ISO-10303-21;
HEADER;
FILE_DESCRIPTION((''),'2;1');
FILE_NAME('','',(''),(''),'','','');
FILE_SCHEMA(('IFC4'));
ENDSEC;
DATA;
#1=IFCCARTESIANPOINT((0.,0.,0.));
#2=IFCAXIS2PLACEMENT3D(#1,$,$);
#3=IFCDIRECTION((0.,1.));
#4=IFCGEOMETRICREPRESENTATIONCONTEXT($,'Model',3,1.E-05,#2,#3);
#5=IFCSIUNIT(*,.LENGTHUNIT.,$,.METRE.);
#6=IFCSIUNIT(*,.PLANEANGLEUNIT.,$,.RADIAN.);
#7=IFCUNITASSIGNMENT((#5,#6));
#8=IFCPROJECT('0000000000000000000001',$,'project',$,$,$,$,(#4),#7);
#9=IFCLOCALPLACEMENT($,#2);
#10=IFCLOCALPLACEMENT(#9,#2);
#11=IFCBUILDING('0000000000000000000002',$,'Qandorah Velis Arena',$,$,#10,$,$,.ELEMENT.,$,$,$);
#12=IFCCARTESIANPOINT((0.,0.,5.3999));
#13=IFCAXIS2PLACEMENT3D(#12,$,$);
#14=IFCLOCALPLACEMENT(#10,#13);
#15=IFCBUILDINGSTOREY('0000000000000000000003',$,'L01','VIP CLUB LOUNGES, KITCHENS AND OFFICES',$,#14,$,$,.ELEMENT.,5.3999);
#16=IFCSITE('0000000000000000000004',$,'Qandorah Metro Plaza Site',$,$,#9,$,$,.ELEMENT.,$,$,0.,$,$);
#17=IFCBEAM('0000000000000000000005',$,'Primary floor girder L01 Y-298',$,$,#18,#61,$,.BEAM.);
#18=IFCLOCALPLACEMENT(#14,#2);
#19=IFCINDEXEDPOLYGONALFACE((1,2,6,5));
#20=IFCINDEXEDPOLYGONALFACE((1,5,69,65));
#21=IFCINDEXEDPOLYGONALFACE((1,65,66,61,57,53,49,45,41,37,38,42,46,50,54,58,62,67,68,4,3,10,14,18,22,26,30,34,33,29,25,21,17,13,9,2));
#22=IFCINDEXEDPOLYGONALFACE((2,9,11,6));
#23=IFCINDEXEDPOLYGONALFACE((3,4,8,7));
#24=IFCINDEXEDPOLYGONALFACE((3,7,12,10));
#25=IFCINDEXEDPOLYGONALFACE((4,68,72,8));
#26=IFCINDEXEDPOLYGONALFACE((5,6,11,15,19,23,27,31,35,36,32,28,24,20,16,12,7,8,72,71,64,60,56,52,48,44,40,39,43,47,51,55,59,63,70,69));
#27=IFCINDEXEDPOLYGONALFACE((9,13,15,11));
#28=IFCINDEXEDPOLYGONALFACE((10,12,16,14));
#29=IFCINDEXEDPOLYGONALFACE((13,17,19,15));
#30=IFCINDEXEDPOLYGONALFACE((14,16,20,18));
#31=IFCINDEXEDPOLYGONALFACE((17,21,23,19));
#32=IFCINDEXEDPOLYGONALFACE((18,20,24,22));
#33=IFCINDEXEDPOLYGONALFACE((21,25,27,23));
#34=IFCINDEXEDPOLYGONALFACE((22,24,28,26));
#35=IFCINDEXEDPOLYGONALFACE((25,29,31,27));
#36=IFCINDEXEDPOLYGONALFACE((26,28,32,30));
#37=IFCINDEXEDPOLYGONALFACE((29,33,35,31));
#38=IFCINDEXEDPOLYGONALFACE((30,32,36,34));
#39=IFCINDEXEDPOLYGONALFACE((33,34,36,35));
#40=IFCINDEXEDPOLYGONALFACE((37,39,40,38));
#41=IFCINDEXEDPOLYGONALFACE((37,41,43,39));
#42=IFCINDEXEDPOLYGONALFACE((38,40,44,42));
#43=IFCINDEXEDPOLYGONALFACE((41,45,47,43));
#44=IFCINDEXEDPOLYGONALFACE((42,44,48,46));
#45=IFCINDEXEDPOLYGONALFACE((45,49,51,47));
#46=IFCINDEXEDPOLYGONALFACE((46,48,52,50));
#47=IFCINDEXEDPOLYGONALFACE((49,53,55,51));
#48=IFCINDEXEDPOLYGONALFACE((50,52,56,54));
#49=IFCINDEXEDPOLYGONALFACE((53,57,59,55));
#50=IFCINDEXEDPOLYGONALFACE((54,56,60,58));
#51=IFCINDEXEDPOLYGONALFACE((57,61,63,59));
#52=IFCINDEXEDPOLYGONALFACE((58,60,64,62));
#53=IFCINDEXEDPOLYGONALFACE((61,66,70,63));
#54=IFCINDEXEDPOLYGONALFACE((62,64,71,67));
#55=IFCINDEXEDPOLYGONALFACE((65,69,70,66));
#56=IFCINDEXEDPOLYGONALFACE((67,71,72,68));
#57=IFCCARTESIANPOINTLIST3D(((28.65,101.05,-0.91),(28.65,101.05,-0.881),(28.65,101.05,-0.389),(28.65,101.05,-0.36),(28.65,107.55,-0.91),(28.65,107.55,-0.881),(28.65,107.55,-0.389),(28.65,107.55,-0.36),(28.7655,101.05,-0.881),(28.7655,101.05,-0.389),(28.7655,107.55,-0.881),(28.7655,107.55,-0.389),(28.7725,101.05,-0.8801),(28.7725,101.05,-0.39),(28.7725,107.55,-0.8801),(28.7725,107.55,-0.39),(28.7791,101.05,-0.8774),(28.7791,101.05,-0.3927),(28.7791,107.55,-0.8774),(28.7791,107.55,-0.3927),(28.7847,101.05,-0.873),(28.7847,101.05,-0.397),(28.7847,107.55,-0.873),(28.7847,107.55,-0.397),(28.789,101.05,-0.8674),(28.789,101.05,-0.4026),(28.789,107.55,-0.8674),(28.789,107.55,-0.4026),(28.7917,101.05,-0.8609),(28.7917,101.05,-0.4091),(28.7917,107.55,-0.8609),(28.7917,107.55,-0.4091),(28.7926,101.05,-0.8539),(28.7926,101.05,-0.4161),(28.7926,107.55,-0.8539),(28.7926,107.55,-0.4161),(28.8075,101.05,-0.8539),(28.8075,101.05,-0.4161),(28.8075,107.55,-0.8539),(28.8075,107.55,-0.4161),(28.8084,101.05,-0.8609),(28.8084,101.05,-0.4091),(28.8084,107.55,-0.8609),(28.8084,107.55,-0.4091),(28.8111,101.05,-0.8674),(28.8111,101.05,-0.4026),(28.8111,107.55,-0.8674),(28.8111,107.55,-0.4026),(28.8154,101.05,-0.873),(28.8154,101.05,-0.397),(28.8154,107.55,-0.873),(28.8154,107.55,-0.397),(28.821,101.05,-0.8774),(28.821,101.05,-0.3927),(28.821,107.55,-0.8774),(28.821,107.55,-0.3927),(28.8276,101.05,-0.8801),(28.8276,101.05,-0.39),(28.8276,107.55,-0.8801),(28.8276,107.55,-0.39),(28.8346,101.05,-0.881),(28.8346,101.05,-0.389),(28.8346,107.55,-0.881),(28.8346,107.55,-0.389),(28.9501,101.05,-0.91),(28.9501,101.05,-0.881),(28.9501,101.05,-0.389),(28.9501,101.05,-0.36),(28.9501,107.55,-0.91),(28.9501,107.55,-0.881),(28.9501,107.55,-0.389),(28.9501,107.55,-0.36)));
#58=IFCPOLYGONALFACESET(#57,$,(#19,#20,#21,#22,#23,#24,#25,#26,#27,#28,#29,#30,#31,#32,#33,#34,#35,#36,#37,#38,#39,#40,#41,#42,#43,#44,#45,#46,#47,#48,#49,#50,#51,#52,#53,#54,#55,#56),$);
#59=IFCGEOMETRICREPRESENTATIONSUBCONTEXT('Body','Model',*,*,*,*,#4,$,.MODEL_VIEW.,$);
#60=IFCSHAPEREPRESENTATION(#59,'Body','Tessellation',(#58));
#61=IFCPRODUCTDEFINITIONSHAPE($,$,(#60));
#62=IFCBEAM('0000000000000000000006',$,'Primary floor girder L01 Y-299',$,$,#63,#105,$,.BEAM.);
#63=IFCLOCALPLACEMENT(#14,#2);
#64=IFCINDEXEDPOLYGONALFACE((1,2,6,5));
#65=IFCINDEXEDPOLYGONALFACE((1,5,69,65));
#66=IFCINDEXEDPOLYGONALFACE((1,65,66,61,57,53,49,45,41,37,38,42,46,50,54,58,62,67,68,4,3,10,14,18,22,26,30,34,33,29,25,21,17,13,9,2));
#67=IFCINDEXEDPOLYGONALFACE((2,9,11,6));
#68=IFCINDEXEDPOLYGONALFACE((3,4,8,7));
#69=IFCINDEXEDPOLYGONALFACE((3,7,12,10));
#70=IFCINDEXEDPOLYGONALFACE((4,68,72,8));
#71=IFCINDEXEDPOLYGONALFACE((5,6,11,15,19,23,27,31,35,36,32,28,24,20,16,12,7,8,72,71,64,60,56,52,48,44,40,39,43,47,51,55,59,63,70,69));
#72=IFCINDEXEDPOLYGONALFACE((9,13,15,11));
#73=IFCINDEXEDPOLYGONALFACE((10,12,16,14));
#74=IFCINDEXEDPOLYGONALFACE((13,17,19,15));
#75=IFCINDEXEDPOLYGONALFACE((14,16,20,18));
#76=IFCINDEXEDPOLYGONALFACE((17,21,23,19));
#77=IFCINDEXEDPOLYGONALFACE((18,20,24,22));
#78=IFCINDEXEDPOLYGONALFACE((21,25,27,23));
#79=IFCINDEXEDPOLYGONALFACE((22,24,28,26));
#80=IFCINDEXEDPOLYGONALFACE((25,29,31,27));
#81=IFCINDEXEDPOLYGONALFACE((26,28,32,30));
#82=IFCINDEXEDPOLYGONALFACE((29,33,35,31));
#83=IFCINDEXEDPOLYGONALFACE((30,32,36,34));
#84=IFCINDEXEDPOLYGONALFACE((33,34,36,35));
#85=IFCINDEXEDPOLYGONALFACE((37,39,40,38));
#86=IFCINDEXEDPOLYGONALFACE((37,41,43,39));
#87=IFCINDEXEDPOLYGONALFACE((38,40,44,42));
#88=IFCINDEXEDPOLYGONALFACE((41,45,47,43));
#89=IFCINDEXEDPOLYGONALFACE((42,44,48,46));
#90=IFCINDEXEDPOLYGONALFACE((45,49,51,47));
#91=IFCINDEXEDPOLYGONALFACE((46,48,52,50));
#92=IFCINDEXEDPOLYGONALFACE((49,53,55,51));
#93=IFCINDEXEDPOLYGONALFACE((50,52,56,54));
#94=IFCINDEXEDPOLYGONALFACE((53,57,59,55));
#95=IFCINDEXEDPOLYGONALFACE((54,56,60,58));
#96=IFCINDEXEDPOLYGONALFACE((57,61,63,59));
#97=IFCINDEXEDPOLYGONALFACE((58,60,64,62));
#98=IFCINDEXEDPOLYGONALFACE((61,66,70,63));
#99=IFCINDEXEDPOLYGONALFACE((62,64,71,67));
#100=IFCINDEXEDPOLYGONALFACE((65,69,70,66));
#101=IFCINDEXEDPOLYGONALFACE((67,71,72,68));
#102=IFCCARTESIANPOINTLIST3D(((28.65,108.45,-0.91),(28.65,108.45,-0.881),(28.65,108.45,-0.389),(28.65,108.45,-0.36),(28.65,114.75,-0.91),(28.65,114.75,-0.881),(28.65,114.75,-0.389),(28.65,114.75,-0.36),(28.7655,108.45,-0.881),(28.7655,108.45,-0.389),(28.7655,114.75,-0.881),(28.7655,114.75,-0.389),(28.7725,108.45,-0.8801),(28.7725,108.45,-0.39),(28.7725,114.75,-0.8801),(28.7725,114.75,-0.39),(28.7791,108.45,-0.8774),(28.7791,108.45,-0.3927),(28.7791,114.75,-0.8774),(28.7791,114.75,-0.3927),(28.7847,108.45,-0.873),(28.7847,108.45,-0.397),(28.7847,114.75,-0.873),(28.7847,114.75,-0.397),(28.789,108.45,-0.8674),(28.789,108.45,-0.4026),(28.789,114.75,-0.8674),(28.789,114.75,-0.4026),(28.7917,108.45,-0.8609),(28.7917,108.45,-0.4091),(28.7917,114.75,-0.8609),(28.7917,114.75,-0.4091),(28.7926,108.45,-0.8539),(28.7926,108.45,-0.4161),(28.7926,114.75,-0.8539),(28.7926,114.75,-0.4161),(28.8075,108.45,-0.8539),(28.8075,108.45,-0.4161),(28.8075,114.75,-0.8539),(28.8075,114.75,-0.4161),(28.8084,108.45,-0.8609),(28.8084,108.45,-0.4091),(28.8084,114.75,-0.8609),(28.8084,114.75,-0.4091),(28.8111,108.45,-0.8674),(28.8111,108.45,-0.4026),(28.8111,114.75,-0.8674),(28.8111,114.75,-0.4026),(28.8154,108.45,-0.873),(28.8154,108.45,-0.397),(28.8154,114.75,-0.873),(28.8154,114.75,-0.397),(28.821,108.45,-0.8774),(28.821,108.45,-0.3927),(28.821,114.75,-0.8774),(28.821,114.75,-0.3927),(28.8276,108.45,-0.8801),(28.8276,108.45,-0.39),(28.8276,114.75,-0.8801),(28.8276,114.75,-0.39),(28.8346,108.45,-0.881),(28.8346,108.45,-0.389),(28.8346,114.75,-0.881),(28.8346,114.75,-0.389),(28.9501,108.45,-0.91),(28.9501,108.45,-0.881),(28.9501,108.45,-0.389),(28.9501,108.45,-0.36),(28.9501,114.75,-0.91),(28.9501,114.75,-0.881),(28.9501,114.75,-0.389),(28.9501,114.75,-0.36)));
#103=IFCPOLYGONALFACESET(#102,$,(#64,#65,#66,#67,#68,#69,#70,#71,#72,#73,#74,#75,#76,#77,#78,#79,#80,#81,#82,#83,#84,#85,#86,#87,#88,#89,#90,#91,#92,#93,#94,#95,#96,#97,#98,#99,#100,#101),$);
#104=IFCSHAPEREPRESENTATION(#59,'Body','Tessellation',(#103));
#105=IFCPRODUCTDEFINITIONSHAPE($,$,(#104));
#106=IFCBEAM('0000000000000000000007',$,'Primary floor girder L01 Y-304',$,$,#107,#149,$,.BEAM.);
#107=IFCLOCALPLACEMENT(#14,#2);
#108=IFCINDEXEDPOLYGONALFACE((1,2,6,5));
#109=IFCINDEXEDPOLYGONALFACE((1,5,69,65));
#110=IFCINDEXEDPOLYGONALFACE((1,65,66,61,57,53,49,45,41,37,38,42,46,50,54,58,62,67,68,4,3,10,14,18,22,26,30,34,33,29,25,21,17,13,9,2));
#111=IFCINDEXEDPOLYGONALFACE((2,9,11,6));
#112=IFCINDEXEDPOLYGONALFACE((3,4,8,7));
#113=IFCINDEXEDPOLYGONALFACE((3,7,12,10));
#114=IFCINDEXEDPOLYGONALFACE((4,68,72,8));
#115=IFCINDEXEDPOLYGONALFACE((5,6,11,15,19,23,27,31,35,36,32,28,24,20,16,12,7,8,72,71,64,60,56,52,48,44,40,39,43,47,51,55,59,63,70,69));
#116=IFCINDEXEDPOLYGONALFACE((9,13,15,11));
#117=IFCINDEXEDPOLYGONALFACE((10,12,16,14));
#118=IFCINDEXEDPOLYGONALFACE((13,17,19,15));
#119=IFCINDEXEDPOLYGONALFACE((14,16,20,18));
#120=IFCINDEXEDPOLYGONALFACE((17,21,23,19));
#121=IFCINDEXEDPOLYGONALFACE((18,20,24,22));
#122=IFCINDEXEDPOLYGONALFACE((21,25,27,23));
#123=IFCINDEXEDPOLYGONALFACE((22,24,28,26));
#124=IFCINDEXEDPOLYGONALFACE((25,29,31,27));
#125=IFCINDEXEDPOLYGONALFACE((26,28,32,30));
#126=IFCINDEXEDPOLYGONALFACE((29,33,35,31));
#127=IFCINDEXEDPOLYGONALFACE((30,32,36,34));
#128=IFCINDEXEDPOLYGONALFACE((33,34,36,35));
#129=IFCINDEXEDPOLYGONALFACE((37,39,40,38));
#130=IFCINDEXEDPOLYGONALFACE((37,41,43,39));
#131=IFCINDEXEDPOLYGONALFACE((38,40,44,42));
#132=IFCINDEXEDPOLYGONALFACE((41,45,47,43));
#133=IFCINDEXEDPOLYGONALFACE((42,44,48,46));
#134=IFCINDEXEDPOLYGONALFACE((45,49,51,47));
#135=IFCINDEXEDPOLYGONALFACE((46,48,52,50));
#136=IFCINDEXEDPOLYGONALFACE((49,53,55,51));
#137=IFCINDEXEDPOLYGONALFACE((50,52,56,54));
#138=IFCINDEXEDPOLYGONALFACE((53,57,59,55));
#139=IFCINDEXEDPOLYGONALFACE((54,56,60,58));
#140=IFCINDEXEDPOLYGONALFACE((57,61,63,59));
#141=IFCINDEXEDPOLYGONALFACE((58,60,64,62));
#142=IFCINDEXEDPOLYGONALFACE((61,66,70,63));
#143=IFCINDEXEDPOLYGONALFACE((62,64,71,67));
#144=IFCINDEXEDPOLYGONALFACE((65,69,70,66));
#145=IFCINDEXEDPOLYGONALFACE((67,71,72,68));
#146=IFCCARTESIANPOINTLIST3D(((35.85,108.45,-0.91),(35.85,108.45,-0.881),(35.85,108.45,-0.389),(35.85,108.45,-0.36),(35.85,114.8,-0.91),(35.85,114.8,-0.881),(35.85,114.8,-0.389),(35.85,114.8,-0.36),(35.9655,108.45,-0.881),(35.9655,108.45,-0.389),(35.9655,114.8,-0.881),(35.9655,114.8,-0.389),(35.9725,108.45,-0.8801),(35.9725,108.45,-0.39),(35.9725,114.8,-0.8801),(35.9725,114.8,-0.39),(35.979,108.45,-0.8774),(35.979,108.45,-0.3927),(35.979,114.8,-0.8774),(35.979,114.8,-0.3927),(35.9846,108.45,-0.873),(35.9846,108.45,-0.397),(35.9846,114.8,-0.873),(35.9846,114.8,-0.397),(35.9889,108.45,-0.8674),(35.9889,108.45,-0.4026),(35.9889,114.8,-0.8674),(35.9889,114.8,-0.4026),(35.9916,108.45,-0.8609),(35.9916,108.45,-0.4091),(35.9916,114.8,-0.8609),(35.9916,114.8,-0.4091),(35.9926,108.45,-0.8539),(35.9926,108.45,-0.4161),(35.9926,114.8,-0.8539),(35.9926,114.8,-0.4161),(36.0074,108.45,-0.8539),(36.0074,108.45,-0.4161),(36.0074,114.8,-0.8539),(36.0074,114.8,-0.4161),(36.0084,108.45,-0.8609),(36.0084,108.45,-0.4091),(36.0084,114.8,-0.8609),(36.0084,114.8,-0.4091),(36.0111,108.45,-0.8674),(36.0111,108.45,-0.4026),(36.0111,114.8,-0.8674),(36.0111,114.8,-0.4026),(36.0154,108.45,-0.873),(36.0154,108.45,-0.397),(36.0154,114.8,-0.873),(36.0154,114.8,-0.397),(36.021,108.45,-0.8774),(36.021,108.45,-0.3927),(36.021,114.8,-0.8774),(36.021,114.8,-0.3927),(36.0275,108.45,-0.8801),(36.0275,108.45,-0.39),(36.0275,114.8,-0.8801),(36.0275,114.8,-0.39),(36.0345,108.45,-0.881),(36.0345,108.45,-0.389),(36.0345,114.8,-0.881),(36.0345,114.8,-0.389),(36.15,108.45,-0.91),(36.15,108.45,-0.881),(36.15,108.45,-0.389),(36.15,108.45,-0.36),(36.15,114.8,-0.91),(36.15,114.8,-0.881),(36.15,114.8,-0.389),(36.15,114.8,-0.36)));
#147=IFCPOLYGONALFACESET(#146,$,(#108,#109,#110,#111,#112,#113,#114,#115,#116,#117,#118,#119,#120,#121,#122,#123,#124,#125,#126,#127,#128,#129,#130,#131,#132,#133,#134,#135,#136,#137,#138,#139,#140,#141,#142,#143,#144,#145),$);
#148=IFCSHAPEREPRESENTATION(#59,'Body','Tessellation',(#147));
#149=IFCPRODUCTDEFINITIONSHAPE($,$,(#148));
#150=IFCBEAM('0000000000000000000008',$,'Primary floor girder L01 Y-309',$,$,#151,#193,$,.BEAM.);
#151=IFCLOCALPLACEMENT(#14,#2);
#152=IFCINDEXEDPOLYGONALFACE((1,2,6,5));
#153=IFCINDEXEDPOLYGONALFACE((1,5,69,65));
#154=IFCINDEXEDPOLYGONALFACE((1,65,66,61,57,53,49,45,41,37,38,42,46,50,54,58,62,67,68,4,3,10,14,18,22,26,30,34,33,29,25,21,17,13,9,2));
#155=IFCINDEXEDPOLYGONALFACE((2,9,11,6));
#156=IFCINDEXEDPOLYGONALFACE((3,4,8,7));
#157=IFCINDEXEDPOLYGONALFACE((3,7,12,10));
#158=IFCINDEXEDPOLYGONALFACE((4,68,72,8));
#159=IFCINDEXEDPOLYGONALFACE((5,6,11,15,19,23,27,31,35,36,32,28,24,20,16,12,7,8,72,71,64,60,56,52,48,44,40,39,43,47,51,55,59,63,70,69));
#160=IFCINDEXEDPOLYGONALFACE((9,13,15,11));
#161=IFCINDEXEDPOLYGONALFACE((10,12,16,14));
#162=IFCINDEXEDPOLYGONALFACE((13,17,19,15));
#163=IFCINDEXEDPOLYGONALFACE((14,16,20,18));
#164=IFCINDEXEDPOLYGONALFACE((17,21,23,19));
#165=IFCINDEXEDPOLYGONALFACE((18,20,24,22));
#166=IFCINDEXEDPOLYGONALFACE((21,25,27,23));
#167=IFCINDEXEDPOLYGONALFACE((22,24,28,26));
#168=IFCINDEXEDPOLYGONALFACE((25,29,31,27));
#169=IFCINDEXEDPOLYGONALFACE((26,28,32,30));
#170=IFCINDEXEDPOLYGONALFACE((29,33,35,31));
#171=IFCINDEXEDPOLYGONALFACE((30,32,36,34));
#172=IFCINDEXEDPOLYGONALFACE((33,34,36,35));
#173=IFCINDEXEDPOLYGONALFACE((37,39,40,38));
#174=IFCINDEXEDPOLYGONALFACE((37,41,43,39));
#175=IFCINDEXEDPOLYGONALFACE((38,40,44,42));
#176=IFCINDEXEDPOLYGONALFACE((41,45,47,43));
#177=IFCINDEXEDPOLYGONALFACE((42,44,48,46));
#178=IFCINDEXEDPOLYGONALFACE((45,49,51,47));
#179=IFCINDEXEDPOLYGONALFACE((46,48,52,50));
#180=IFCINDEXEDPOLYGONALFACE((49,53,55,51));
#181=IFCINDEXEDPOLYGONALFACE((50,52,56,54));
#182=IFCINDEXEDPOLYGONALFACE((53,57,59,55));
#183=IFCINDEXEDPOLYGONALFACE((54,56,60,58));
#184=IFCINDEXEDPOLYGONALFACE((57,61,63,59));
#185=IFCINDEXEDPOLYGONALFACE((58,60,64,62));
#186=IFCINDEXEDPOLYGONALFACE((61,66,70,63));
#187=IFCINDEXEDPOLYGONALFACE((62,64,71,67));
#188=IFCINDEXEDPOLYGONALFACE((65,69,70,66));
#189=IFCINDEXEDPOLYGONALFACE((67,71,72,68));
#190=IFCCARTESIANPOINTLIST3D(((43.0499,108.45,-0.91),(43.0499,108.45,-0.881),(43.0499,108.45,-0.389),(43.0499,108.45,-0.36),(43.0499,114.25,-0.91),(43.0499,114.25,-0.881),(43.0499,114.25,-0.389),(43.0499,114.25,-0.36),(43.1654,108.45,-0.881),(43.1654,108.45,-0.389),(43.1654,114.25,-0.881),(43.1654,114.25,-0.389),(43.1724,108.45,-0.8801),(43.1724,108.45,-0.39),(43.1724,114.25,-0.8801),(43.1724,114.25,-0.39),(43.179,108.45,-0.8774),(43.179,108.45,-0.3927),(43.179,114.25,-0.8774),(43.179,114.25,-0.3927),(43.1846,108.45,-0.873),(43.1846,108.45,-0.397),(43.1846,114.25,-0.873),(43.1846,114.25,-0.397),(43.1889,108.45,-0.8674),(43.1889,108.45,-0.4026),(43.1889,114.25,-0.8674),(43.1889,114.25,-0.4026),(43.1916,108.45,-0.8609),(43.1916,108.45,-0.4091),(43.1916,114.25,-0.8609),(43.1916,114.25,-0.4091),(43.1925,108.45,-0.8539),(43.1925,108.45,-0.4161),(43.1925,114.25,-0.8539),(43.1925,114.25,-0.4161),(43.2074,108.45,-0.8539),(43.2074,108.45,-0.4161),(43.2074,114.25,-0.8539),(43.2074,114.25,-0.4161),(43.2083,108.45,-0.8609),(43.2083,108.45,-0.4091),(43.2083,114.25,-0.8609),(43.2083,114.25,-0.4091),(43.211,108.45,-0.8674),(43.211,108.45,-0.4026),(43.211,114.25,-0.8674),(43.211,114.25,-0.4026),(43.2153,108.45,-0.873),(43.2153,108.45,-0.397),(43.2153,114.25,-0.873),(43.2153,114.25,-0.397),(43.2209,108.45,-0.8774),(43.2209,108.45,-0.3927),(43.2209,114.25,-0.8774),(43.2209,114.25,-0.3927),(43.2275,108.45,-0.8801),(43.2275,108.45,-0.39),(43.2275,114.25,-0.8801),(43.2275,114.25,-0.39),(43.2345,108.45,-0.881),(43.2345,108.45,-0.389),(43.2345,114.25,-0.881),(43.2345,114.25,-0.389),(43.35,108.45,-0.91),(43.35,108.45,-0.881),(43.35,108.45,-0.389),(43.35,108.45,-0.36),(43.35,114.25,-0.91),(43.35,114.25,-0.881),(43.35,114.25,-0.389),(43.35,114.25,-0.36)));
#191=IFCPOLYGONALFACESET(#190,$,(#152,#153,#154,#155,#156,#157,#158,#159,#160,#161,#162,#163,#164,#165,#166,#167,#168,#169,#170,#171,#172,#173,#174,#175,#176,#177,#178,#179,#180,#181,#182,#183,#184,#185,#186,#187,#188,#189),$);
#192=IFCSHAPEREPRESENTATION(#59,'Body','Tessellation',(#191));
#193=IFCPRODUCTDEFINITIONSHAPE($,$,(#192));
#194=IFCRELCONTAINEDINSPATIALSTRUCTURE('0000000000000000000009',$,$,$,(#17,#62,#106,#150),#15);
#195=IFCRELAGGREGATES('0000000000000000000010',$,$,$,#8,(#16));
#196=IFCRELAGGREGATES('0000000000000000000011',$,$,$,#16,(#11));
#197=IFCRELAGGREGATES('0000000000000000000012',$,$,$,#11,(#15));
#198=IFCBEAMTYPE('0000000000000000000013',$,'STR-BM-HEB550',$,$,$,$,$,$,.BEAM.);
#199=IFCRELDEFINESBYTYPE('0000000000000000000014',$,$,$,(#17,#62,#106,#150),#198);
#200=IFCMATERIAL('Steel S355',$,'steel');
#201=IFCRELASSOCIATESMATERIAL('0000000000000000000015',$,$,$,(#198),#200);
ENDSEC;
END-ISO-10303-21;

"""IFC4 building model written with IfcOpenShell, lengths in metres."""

from ifc_helpers import new_model, si_unit, direction, frame, origin, origin_2d, place, context, subcontext, project, spatial, i_section, extrude, material, material_profile, profile_set, type_object, element, save


model = new_model("IFC4")

# Units and contexts
model_context = context("Model", 3, precision=1e-05, world=origin(), true_north=direction((0.0, 1.0)))
body_context = subcontext(model_context, "Body", "Model", "MODEL_VIEW")
ifc_project = project(units=[si_unit("LENGTHUNIT", "METRE"), si_unit("PLANEANGLEUNIT", "RADIAN")], contexts=[model_context])

# Site, building, storey
site_placement = place(None, origin())
site = spatial("IfcSite", under=ifc_project, at=site_placement, Name="Qandorah Metro Plaza Site", CompositionType="ELEMENT", RefElevation=0.0)
building_placement = place(site_placement, origin())
building = spatial("IfcBuilding", under=site, at=building_placement, Name="Qandorah Velis Arena", CompositionType="ELEMENT")
storey_placement = place(building_placement, frame((0.0, 0.0, 5.3999)))
storey = spatial("IfcBuildingStorey", under=building, at=storey_placement, Name="L01", Description="VIP CLUB LOUNGES, KITCHENS AND OFFICES", CompositionType="ELEMENT", Elevation=5.3999)

# Beams
ifc_material_1 = material(Name="Steel S355", Category="steel")
ifc_material_profile_1 = material_profile(ifc_material_1, i_section(OverallWidth=0.3, OverallDepth=0.55, WebThickness=0.0149, FlangeThickness=0.0291, FilletRadius=0.0271, at=origin_2d()), Name="HEB 550")
ifc_profile_set_1 = profile_set([ifc_material_profile_1], Name="Steel S355")
beam_type_1 = type_object("IfcBeamType", Name="STR-BM-HEB550", PredefinedType="BEAM", material=ifc_profile_set_1)
beam_1_placement = place(storey_placement, frame((28.8, 101.05, -0.635), z_axis=(0.0, 1.0, 0.0), x_axis=(-1.0, 0.0, 0.0)))
element("IfcBeam", 1, at=beam_1_placement, inside=storey, type_object=beam_type_1, Name="Primary floor girder L01 Y-298", PredefinedType="BEAM", context=body_context, shape_type="SweptSolid", body=[
    extrude(i_section(OverallWidth=0.3, OverallDepth=0.55, WebThickness=0.0149, FlangeThickness=0.0291, FilletRadius=0.0271, at=origin_2d()), origin(), (0.0, 0.0, 1.0), 6.5),
])
beam_2_placement = place(storey_placement, frame((28.8, 108.45, -0.635), z_axis=(0.0, 1.0, 0.0), x_axis=(-1.0, 0.0, 0.0)))
element("IfcBeam", 2, at=beam_2_placement, inside=storey, type_object=beam_type_1, Name="Primary floor girder L01 Y-299", PredefinedType="BEAM", context=body_context, shape_type="SweptSolid", body=[
    extrude(i_section(OverallWidth=0.3, OverallDepth=0.55, WebThickness=0.0149, FlangeThickness=0.0291, FilletRadius=0.0271, at=origin_2d()), origin(), (0.0, 0.0, 1.0), 6.3),
])
beam_3_placement = place(storey_placement, frame((36.0, 108.45, -0.635), z_axis=(0.0, 1.0, 0.0), x_axis=(-1.0, 0.0, 0.0)))
element("IfcBeam", 3, at=beam_3_placement, inside=storey, type_object=beam_type_1, Name="Primary floor girder L01 Y-304", PredefinedType="BEAM", context=body_context, shape_type="SweptSolid", body=[
    extrude(i_section(OverallWidth=0.3, OverallDepth=0.55, WebThickness=0.0149, FlangeThickness=0.0291, FilletRadius=0.0271, at=origin_2d()), origin(), (0.0, 0.0, 1.0), 6.3501),
])
beam_4_placement = place(storey_placement, frame((43.2, 108.45, -0.635), z_axis=(0.0, 1.0, 0.0), x_axis=(-1.0, 0.0, 0.0)))
element("IfcBeam", 4, at=beam_4_placement, inside=storey, type_object=beam_type_1, Name="Primary floor girder L01 Y-309", PredefinedType="BEAM", context=body_context, shape_type="SweptSolid", body=[
    extrude(i_section(OverallWidth=0.3, OverallDepth=0.55, WebThickness=0.0149, FlangeThickness=0.0291, FilletRadius=0.0271, at=origin_2d()), origin(), (0.0, 0.0, 1.0), 5.8),
])

save(model, "model.ifc")
